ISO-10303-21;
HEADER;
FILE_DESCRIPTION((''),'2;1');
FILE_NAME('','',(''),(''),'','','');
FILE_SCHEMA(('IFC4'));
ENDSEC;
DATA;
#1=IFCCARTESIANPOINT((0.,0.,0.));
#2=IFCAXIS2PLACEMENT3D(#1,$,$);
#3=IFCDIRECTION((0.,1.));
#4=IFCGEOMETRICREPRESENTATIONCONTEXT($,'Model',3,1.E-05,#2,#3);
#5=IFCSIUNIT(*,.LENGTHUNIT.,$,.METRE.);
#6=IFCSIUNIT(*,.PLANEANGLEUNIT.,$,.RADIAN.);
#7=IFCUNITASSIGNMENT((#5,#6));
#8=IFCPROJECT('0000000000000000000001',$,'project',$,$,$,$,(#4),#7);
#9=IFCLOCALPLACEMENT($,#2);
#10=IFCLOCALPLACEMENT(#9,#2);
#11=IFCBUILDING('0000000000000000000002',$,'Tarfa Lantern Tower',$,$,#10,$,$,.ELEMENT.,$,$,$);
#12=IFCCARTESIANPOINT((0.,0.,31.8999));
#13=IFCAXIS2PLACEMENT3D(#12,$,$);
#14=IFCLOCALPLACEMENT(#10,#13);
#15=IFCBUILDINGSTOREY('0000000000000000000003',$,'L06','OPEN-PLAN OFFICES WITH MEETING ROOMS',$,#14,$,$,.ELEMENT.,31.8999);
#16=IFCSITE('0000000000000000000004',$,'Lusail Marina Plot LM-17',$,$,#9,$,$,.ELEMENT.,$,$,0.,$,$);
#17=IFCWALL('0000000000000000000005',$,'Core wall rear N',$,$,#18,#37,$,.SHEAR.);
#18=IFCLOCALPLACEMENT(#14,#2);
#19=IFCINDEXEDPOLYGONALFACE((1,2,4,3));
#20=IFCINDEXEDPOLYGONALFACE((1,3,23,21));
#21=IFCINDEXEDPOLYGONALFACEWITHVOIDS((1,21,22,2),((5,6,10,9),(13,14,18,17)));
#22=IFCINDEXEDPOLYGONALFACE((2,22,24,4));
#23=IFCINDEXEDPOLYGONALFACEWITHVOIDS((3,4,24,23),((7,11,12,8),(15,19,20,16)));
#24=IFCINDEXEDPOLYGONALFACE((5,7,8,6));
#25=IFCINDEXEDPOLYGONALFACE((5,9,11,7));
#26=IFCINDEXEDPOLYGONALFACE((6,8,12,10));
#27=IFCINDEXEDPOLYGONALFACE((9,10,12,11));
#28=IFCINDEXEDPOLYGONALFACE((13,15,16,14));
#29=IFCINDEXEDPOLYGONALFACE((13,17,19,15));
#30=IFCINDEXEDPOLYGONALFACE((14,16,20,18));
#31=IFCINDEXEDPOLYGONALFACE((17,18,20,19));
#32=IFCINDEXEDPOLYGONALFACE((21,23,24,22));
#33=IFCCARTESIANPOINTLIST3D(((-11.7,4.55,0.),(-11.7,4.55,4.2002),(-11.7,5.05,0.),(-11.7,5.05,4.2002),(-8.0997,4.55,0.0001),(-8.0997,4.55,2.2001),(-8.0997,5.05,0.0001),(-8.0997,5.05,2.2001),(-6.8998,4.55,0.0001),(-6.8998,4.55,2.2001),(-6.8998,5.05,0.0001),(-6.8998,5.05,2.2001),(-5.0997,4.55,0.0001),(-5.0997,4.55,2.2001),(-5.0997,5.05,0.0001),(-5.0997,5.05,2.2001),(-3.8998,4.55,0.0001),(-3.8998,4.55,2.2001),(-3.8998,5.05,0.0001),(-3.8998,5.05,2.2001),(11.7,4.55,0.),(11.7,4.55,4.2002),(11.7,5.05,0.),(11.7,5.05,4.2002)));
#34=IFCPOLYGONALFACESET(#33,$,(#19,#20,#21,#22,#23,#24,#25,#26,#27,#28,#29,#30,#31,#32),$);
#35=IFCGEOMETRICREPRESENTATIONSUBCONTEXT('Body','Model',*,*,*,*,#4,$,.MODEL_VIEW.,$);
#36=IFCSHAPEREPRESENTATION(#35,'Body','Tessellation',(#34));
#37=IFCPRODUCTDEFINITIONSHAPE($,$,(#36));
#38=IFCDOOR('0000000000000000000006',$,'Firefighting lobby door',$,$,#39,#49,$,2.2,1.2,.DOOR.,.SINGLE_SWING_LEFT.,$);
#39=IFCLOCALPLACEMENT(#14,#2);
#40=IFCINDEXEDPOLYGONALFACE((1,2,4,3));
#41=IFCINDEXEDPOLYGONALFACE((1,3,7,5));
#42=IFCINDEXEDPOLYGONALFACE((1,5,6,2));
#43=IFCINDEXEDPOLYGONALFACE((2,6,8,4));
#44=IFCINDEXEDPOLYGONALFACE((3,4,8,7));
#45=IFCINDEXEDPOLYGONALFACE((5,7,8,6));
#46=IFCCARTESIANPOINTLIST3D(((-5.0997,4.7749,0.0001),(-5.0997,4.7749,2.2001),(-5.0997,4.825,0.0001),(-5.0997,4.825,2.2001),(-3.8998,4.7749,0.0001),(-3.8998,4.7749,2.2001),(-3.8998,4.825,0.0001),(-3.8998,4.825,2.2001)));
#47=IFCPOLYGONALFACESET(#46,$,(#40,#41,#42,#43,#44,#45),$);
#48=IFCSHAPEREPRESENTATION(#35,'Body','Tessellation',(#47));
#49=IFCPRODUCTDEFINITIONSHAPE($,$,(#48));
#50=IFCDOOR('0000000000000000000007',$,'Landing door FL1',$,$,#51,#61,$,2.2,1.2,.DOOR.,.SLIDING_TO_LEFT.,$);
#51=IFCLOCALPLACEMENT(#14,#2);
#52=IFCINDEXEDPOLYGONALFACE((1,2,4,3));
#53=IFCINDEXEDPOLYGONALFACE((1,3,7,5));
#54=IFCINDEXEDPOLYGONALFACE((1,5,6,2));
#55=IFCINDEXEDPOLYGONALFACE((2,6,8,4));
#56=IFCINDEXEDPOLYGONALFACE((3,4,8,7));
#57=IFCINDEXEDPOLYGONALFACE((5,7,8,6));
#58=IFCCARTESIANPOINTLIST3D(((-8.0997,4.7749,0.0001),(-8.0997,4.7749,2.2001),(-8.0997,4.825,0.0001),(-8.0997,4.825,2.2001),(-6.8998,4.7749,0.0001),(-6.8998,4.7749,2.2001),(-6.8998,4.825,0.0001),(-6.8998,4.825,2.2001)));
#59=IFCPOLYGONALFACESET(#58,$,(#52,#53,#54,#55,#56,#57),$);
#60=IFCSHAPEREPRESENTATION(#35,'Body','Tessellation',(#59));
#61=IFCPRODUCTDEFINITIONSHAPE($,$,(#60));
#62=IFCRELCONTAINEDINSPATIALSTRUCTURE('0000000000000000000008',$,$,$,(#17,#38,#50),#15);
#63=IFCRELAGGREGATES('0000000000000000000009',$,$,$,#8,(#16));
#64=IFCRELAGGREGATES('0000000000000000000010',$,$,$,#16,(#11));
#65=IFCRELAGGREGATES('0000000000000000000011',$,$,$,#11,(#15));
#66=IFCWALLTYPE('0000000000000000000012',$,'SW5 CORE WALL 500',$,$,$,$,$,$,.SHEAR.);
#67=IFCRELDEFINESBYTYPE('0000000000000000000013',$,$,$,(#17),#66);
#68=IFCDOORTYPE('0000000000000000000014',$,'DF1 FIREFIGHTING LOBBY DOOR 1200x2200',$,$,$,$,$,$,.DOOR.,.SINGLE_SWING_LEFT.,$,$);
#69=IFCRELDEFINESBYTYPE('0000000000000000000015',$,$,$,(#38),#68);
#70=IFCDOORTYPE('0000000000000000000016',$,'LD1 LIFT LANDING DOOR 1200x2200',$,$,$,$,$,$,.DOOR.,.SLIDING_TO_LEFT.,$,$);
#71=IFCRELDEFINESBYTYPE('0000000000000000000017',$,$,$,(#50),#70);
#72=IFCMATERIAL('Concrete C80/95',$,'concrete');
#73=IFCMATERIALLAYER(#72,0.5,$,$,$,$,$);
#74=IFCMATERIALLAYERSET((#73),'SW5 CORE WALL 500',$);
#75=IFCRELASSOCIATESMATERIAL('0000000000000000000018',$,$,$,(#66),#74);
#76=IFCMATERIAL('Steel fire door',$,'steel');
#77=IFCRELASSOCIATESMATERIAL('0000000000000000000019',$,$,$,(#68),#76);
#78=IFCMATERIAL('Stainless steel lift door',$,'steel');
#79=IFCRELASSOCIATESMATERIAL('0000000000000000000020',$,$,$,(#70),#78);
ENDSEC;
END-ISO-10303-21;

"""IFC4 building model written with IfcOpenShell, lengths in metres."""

from ifc_helpers import new_model, si_unit, direction, frame, frame_2d, origin, place, context, subcontext, project, spatial, rectangle, extrude, material, layer, layer_set, type_object, element, fill, save


model = new_model("IFC4")

# Units and contexts
model_context = context("Model", 3, precision=1e-05, world=origin(), true_north=direction((0.0, 1.0)))
body_context = subcontext(model_context, "Body", "Model", "MODEL_VIEW")
ifc_project = project(units=[si_unit("LENGTHUNIT", "METRE"), si_unit("PLANEANGLEUNIT", "RADIAN")], contexts=[model_context])

# Site, building, storey
site_placement = place(None, origin())
site = spatial("IfcSite", under=ifc_project, at=site_placement, Name="Lusail Marina Plot LM-17", CompositionType="ELEMENT", RefElevation=0.0)
building_placement = place(site_placement, origin())
building = spatial("IfcBuilding", under=site, at=building_placement, Name="Tarfa Lantern Tower", CompositionType="ELEMENT")
storey_placement = place(building_placement, frame((0.0, 0.0, 31.8999)))
storey = spatial("IfcBuildingStorey", under=building, at=storey_placement, Name="L06", Description="OPEN-PLAN OFFICES WITH MEETING ROOMS", CompositionType="ELEMENT", Elevation=31.8999)

# Shared definitions
ifc_material_1 = material(Name="Concrete C80/95", Category="concrete")
ifc_material_2 = material(Name="Steel fire door", Category="steel")

# Shared definitions
ifc_layer_1 = layer(ifc_material_1, 0.5)
ifc_layer_set_1 = layer_set([ifc_layer_1], Name="SW5 CORE WALL 500")
wall_type_1 = type_object("IfcWallType", Name="SW5 CORE WALL 500", PredefinedType="SHEAR", material=ifc_layer_set_1)

# Wall, openings, doors
wall_1_placement = place(storey_placement, frame((-11.7, 4.8, 0.0), z_axis=(0.0, 0.0, 1.0), x_axis=(1.0, 0.0, 0.0)))
wall_1 = element("IfcWall", 1, at=wall_1_placement, inside=storey, type_object=wall_type_1, Name="Core wall rear N", PredefinedType="SHEAR", context=body_context, shape_type="SweptSolid", body=[
    extrude(rectangle(XDim=23.3999, YDim=0.5, at=frame_2d((11.7, 0.0))), origin(), (0.0, 0.0, 1.0), 4.2002),
])
opening_1_placement = place(wall_1_placement, frame((6.6001, 0.0, 0.0)))
opening_1 = element("IfcOpeningElement", 2, at=opening_1_placement, cuts=wall_1, PredefinedType="OPENING", context=body_context, shape_type="SweptSolid", body=[
    extrude(rectangle(XDim=1.2, YDim=2.2, at=frame_2d((0.6001, 1.1001))), frame((0.0, 0.26, 0.0), z_axis=(0.0, -1.0, 0.0), x_axis=(1.0, 0.0, 0.0)), (0.0, 0.0, 1.0), 0.52),
])
opening_2_placement = place(wall_1_placement, frame((3.6001, 0.0, 0.0)))
opening_2 = element("IfcOpeningElement", 3, at=opening_2_placement, cuts=wall_1, PredefinedType="OPENING", context=body_context, shape_type="SweptSolid", body=[
    extrude(rectangle(XDim=1.2, YDim=2.2, at=frame_2d((0.6001, 1.1001))), frame((0.0, 0.26, 0.0), z_axis=(0.0, -1.0, 0.0), x_axis=(1.0, 0.0, 0.0)), (0.0, 0.0, 1.0), 0.52),
])
door_type_1 = type_object("IfcDoorType", Name="DF1 FIREFIGHTING LOBBY DOOR 1200x2200", OperationType="SINGLE_SWING_LEFT", PredefinedType="DOOR", material=ifc_material_2)
door_1_placement = place(opening_1_placement, origin())
door_1 = element("IfcDoor", 4, at=door_1_placement, inside=storey, type_object=door_type_1, Name="Firefighting lobby door", OperationType="SINGLE_SWING_LEFT", OverallHeight=2.2, OverallWidth=1.2, PredefinedType="DOOR", context=body_context, shape_type="SweptSolid", body=[
    extrude(rectangle(XDim=1.2, YDim=2.2, at=frame_2d((0.6001, 1.1001))), frame((0.0, 0.0249, 0.0), z_axis=(0.0, -1.0, 0.0), x_axis=(1.0, 0.0, 0.0)), (0.0, 0.0, 1.0), 0.05),
])
fill(opening_1, door_1)
ifc_material_3 = material(Name="Stainless steel lift door", Category="steel")
door_type_2 = type_object("IfcDoorType", Name="LD1 LIFT LANDING DOOR 1200x2200", OperationType="SLIDING_TO_LEFT", PredefinedType="DOOR", material=ifc_material_3)
door_2_placement = place(opening_2_placement, origin())
door_2 = element("IfcDoor", 5, at=door_2_placement, inside=storey, type_object=door_type_2, Name="Landing door FL1", OperationType="SLIDING_TO_LEFT", OverallHeight=2.2, OverallWidth=1.2, PredefinedType="DOOR", context=body_context, shape_type="SweptSolid", body=[
    extrude(rectangle(XDim=1.2, YDim=2.2, at=frame_2d((0.6001, 1.1001))), frame((0.0, 0.0249, 0.0), z_axis=(0.0, -1.0, 0.0), x_axis=(1.0, 0.0, 0.0)), (0.0, 0.0, 1.0), 0.05),
])
fill(opening_2, door_2)

save(model, "model.ifc")
